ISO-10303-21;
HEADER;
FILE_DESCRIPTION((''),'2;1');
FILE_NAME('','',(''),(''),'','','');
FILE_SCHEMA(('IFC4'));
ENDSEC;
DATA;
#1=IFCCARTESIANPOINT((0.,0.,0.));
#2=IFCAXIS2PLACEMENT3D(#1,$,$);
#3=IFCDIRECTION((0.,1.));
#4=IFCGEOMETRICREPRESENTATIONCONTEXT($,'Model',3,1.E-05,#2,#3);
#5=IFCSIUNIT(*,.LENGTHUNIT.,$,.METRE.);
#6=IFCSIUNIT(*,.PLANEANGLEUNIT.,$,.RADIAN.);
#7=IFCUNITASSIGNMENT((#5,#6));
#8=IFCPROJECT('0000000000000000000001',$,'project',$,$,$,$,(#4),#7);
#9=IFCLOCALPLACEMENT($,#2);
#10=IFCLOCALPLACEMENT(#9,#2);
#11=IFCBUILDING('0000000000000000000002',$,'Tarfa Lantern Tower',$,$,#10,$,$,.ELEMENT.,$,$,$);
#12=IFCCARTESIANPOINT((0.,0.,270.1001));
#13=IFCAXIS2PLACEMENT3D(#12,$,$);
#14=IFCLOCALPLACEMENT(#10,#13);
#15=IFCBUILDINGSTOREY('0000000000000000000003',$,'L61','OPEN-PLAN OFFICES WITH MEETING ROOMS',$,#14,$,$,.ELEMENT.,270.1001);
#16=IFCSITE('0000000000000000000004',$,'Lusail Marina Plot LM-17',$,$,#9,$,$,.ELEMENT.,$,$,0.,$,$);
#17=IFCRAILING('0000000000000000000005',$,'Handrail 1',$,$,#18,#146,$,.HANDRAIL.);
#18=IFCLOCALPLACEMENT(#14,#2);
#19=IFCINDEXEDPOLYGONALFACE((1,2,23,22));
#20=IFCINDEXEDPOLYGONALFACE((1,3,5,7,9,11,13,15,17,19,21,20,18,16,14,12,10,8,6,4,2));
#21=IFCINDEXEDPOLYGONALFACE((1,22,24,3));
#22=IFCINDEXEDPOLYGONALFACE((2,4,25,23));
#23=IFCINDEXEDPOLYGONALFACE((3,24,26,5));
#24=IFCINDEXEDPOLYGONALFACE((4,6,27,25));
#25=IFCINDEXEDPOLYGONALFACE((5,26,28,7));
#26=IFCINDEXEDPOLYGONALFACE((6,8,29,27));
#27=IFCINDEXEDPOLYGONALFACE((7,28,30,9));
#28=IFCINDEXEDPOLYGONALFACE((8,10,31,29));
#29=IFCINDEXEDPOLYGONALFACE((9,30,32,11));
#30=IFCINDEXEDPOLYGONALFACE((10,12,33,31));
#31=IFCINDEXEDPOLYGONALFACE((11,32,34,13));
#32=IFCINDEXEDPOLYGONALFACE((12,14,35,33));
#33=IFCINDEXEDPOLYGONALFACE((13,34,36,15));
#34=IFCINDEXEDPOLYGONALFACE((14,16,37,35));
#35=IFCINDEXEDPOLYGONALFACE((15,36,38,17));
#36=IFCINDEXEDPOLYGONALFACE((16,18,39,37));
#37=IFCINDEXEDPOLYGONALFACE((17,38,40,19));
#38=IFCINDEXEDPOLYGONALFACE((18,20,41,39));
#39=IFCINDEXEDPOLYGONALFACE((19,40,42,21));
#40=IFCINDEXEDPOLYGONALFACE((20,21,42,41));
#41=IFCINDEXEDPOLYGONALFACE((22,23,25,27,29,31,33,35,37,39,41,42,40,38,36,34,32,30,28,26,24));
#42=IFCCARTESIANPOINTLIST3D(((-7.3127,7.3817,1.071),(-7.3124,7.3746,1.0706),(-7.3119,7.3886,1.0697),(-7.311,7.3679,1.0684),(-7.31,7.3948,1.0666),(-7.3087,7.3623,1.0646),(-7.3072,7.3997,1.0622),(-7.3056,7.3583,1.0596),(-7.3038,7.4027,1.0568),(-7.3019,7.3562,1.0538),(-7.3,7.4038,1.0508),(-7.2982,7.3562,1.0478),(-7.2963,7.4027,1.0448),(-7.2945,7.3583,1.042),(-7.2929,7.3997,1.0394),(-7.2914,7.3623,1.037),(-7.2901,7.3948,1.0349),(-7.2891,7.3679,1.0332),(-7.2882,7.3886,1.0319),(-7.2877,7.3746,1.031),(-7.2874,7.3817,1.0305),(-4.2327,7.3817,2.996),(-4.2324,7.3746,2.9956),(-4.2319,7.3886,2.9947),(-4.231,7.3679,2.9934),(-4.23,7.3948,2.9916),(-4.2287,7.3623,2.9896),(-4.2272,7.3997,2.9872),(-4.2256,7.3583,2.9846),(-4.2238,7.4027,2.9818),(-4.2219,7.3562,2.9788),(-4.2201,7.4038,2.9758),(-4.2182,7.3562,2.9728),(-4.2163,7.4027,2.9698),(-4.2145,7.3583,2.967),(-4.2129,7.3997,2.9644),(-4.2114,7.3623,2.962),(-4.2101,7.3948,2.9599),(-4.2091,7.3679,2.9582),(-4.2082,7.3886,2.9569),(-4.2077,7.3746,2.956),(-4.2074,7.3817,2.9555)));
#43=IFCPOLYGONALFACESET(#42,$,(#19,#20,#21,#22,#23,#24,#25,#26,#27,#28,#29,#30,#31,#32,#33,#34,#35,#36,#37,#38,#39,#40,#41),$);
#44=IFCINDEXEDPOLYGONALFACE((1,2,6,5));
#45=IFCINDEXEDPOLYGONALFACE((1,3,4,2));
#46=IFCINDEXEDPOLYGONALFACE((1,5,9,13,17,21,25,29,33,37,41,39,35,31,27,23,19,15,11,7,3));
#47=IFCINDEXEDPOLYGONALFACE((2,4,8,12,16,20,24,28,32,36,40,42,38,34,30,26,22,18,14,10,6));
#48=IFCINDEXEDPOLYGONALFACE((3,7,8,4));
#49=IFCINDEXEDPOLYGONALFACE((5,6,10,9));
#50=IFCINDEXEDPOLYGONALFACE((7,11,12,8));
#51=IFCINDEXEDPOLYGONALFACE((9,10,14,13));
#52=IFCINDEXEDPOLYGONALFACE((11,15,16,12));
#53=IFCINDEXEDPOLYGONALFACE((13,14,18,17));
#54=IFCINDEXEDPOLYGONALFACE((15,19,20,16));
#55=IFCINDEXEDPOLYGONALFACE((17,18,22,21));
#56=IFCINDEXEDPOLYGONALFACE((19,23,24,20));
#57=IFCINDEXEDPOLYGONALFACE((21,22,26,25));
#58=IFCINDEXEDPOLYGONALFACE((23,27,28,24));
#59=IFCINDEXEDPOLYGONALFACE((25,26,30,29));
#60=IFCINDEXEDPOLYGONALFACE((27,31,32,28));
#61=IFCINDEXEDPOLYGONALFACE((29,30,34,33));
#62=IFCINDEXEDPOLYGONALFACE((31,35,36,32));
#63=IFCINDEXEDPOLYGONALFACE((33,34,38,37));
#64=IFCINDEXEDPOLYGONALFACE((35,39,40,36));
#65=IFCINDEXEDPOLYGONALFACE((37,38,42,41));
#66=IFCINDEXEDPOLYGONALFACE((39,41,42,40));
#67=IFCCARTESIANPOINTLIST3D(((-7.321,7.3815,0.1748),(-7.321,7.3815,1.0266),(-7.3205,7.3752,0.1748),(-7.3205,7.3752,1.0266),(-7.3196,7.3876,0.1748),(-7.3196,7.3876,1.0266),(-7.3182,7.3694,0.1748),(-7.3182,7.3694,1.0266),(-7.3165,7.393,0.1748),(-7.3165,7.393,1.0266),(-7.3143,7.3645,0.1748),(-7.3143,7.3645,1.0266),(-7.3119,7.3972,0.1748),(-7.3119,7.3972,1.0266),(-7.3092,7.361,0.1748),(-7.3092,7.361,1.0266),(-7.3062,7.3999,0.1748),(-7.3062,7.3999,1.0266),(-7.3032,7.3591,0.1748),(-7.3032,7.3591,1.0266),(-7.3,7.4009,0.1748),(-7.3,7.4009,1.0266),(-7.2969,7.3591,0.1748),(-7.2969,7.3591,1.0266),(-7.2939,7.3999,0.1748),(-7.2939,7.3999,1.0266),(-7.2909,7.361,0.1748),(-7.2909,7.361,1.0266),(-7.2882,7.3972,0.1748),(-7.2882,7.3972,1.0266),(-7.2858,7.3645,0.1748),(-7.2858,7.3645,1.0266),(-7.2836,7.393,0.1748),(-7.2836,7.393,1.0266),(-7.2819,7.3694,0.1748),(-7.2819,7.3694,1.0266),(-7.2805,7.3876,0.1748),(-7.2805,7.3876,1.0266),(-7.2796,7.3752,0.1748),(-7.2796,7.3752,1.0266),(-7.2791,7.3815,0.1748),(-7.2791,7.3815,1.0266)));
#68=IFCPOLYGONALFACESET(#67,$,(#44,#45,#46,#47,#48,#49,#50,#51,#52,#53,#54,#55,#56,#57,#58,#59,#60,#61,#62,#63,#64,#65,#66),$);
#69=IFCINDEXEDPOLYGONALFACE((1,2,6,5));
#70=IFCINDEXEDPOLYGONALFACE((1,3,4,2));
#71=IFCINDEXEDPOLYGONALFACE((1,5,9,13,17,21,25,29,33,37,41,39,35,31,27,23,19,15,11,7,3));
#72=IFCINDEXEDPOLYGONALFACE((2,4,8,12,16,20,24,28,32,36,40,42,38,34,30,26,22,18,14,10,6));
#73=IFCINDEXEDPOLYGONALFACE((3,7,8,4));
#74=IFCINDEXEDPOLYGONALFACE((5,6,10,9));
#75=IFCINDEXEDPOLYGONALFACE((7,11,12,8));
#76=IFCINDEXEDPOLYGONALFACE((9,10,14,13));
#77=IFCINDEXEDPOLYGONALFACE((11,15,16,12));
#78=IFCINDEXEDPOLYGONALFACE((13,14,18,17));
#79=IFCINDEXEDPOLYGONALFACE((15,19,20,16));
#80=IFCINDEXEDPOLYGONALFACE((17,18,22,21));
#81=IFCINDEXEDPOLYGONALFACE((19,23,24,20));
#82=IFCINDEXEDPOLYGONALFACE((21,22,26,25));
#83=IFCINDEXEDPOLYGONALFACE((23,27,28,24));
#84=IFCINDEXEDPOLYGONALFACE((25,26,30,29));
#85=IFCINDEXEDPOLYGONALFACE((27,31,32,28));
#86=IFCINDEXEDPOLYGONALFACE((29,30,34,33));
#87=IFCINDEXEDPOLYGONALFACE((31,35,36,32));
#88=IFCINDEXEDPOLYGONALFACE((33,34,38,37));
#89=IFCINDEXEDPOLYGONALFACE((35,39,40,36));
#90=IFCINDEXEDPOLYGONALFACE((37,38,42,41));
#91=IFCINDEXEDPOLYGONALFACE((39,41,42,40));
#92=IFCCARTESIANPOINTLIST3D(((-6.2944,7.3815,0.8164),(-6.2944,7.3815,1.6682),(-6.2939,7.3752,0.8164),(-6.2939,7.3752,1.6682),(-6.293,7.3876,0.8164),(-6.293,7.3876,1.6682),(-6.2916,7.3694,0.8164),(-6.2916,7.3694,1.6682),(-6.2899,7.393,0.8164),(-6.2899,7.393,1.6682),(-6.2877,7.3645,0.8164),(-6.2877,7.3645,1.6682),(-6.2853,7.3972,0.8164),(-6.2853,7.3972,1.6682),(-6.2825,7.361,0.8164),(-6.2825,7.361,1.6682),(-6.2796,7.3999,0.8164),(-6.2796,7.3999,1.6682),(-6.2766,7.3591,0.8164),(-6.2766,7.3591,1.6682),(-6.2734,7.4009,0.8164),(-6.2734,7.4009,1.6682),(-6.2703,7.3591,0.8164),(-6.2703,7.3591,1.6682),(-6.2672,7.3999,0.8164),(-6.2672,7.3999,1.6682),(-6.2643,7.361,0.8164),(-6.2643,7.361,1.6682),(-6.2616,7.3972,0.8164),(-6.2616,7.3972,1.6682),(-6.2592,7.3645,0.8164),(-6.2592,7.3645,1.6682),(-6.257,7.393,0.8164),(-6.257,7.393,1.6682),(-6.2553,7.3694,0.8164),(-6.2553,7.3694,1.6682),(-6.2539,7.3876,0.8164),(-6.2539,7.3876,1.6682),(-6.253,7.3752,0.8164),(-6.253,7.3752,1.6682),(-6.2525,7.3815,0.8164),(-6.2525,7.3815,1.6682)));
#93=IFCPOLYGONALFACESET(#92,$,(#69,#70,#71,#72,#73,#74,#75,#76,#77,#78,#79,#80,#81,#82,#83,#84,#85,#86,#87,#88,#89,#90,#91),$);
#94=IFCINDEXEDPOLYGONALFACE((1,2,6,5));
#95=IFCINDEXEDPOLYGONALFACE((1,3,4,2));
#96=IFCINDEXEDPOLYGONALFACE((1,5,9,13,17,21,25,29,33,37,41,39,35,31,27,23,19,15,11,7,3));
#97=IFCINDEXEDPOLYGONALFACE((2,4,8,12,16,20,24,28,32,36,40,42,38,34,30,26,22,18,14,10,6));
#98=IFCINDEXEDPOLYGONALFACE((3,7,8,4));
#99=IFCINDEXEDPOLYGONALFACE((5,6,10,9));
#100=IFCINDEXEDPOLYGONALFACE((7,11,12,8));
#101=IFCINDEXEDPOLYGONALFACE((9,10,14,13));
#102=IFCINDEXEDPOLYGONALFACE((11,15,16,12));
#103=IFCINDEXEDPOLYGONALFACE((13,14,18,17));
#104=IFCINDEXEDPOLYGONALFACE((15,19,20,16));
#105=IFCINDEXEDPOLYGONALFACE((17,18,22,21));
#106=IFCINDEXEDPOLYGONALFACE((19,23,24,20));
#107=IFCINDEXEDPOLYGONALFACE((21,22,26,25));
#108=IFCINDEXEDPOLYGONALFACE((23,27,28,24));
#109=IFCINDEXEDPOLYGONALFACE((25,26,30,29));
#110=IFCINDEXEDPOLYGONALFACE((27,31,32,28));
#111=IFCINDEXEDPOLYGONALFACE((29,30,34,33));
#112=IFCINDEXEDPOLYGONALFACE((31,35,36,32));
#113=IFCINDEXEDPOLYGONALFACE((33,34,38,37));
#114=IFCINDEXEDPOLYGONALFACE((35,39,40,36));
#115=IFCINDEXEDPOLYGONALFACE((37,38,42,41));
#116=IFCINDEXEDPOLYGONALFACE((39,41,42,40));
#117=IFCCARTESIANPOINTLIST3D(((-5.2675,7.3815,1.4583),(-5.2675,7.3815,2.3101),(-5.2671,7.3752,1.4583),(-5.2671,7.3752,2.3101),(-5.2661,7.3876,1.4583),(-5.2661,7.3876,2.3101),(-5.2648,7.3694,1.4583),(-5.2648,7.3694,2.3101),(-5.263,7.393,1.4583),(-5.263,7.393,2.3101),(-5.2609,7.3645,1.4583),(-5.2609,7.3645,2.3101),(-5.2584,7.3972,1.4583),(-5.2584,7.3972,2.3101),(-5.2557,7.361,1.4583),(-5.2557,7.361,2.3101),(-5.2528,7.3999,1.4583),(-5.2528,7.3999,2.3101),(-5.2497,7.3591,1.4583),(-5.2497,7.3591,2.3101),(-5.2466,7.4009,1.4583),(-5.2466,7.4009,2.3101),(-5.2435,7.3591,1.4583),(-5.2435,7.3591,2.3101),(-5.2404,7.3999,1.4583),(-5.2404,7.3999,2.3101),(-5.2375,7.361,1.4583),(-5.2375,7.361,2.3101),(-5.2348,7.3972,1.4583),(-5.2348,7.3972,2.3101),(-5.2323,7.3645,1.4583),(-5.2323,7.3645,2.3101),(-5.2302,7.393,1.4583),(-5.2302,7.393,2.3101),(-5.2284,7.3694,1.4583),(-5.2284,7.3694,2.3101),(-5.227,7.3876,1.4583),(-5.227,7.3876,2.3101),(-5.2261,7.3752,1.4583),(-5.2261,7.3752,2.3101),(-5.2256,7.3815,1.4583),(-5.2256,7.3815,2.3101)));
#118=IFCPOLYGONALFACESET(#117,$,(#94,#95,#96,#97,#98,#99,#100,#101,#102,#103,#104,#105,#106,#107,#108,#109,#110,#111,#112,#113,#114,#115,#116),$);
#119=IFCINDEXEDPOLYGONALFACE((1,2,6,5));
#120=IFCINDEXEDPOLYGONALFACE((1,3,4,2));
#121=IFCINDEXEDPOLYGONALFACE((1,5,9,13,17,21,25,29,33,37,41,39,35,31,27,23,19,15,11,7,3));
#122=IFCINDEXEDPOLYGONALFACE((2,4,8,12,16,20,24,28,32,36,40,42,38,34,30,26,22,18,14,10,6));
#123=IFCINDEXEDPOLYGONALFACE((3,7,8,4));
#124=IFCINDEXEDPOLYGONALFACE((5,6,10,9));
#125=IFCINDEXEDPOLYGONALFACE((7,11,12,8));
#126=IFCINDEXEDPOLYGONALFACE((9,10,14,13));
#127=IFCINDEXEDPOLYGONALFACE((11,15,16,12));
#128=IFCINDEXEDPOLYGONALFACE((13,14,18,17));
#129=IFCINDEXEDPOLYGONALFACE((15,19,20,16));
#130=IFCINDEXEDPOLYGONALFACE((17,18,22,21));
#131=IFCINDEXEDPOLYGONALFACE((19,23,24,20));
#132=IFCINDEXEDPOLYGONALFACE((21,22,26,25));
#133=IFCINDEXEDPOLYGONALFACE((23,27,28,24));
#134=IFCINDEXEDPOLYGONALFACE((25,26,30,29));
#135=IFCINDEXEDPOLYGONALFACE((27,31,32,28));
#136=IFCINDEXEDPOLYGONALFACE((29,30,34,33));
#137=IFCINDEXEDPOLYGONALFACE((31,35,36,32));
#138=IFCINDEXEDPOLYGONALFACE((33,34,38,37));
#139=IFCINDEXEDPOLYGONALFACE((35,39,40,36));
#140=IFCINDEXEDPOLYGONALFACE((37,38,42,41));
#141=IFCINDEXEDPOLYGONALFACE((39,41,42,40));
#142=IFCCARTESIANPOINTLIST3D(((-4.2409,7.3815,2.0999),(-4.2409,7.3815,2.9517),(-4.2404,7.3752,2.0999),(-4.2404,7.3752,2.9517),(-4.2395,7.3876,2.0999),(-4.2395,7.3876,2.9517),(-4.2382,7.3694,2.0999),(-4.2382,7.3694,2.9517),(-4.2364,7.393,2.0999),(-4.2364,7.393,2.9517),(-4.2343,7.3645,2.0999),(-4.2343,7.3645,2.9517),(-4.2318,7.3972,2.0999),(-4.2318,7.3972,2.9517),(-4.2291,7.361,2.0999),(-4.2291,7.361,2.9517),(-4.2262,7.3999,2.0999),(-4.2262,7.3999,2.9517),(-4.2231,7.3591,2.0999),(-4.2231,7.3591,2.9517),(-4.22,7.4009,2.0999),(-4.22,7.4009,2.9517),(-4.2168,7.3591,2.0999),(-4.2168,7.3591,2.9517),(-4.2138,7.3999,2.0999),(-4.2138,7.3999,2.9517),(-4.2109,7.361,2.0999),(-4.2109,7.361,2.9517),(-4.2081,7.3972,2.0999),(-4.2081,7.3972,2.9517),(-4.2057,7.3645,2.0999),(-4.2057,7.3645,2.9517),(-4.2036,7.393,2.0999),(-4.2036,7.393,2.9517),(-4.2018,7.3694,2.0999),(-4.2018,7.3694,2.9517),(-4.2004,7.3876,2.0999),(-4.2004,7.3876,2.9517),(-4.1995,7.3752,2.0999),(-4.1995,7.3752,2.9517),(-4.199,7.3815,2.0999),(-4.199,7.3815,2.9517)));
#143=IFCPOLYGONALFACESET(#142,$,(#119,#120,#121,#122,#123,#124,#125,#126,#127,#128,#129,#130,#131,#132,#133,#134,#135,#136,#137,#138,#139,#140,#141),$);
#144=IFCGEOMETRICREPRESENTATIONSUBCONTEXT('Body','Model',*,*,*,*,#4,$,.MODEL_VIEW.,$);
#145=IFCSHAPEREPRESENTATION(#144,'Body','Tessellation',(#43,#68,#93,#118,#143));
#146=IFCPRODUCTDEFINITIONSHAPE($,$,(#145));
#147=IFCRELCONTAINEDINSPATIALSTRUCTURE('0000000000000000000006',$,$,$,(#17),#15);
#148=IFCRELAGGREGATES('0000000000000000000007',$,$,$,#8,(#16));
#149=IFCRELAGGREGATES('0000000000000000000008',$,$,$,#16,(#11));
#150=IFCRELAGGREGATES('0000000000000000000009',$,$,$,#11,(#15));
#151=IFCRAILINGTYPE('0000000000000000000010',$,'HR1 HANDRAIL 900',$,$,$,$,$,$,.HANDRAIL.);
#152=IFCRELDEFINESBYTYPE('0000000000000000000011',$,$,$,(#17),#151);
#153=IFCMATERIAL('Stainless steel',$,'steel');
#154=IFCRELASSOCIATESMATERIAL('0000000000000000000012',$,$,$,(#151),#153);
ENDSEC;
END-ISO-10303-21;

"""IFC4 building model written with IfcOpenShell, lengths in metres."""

from ifc_helpers import new_model, si_unit, direction, frame, origin, origin_2d, place, context, subcontext, project, spatial, circle, extrude, material, type_object, element, save


model = new_model("IFC4")

# Units and contexts
model_context = context("Model", 3, precision=1e-05, world=origin(), true_north=direction((0.0, 1.0)))
body_context = subcontext(model_context, "Body", "Model", "MODEL_VIEW")
ifc_project = project(units=[si_unit("LENGTHUNIT", "METRE"), si_unit("PLANEANGLEUNIT", "RADIAN")], contexts=[model_context])

# Site, building, storey
site_placement = place(None, origin())
site = spatial("IfcSite", under=ifc_project, at=site_placement, Name="Lusail Marina Plot LM-17", CompositionType="ELEMENT", RefElevation=0.0)
building_placement = place(site_placement, origin())
building = spatial("IfcBuilding", under=site, at=building_placement, Name="Tarfa Lantern Tower", CompositionType="ELEMENT")
storey_placement = place(building_placement, frame((0.0, 0.0, 270.1001)))
storey = spatial("IfcBuildingStorey", under=building, at=storey_placement, Name="L61", Description="OPEN-PLAN OFFICES WITH MEETING ROOMS", CompositionType="ELEMENT", Elevation=270.1001)

# Railing
ifc_material_1 = material(Name="Stainless steel", Category="steel")
railing_type = type_object("IfcRailingType", Name="HR1 HANDRAIL 900", PredefinedType="HANDRAIL", material=ifc_material_1)
railing_1_placement = place(storey_placement, frame((-7.3, 7.3799, 0.1748)))
element("IfcRailing", 1, at=railing_1_placement, inside=storey, type_object=railing_type, Name="Handrail 1", PredefinedType="HANDRAIL", context=body_context, shape_type="SweptSolid", body=[
    extrude(circle(Radius=0.0239, at=origin_2d()), frame((0.0, 0.0, 0.876), z_axis=(0.847998, 0.0, 0.529999), x_axis=(0.0, 1.0, 0.0)), (0.0, 0.0, 1.0), 3.6321),
    extrude(circle(Radius=0.021, at=origin_2d()), frame((0.0, 0.0, 0.0), z_axis=(0.0, 0.0, 1.0), x_axis=(0.0, 1.0, 0.0)), (0.0, 0.0, 1.0), 0.8518),
    extrude(circle(Radius=0.021, at=origin_2d()), frame((1.0266, 0.0, 0.6416), z_axis=(0.0, 0.0, 1.0), x_axis=(0.0, 1.0, 0.0)), (0.0, 0.0, 1.0), 0.8518),
    extrude(circle(Radius=0.021, at=origin_2d()), frame((2.0535, 0.0, 1.2834), z_axis=(0.0, 0.0, 1.0), x_axis=(0.0, 1.0, 0.0)), (0.0, 0.0, 1.0), 0.8518),
    extrude(circle(Radius=0.021, at=origin_2d()), frame((3.0801, 0.0, 1.925), z_axis=(0.0, 0.0, 1.0), x_axis=(0.0, 1.0, 0.0)), (0.0, 0.0, 1.0), 0.8518),
])

save(model, "model.ifc")
